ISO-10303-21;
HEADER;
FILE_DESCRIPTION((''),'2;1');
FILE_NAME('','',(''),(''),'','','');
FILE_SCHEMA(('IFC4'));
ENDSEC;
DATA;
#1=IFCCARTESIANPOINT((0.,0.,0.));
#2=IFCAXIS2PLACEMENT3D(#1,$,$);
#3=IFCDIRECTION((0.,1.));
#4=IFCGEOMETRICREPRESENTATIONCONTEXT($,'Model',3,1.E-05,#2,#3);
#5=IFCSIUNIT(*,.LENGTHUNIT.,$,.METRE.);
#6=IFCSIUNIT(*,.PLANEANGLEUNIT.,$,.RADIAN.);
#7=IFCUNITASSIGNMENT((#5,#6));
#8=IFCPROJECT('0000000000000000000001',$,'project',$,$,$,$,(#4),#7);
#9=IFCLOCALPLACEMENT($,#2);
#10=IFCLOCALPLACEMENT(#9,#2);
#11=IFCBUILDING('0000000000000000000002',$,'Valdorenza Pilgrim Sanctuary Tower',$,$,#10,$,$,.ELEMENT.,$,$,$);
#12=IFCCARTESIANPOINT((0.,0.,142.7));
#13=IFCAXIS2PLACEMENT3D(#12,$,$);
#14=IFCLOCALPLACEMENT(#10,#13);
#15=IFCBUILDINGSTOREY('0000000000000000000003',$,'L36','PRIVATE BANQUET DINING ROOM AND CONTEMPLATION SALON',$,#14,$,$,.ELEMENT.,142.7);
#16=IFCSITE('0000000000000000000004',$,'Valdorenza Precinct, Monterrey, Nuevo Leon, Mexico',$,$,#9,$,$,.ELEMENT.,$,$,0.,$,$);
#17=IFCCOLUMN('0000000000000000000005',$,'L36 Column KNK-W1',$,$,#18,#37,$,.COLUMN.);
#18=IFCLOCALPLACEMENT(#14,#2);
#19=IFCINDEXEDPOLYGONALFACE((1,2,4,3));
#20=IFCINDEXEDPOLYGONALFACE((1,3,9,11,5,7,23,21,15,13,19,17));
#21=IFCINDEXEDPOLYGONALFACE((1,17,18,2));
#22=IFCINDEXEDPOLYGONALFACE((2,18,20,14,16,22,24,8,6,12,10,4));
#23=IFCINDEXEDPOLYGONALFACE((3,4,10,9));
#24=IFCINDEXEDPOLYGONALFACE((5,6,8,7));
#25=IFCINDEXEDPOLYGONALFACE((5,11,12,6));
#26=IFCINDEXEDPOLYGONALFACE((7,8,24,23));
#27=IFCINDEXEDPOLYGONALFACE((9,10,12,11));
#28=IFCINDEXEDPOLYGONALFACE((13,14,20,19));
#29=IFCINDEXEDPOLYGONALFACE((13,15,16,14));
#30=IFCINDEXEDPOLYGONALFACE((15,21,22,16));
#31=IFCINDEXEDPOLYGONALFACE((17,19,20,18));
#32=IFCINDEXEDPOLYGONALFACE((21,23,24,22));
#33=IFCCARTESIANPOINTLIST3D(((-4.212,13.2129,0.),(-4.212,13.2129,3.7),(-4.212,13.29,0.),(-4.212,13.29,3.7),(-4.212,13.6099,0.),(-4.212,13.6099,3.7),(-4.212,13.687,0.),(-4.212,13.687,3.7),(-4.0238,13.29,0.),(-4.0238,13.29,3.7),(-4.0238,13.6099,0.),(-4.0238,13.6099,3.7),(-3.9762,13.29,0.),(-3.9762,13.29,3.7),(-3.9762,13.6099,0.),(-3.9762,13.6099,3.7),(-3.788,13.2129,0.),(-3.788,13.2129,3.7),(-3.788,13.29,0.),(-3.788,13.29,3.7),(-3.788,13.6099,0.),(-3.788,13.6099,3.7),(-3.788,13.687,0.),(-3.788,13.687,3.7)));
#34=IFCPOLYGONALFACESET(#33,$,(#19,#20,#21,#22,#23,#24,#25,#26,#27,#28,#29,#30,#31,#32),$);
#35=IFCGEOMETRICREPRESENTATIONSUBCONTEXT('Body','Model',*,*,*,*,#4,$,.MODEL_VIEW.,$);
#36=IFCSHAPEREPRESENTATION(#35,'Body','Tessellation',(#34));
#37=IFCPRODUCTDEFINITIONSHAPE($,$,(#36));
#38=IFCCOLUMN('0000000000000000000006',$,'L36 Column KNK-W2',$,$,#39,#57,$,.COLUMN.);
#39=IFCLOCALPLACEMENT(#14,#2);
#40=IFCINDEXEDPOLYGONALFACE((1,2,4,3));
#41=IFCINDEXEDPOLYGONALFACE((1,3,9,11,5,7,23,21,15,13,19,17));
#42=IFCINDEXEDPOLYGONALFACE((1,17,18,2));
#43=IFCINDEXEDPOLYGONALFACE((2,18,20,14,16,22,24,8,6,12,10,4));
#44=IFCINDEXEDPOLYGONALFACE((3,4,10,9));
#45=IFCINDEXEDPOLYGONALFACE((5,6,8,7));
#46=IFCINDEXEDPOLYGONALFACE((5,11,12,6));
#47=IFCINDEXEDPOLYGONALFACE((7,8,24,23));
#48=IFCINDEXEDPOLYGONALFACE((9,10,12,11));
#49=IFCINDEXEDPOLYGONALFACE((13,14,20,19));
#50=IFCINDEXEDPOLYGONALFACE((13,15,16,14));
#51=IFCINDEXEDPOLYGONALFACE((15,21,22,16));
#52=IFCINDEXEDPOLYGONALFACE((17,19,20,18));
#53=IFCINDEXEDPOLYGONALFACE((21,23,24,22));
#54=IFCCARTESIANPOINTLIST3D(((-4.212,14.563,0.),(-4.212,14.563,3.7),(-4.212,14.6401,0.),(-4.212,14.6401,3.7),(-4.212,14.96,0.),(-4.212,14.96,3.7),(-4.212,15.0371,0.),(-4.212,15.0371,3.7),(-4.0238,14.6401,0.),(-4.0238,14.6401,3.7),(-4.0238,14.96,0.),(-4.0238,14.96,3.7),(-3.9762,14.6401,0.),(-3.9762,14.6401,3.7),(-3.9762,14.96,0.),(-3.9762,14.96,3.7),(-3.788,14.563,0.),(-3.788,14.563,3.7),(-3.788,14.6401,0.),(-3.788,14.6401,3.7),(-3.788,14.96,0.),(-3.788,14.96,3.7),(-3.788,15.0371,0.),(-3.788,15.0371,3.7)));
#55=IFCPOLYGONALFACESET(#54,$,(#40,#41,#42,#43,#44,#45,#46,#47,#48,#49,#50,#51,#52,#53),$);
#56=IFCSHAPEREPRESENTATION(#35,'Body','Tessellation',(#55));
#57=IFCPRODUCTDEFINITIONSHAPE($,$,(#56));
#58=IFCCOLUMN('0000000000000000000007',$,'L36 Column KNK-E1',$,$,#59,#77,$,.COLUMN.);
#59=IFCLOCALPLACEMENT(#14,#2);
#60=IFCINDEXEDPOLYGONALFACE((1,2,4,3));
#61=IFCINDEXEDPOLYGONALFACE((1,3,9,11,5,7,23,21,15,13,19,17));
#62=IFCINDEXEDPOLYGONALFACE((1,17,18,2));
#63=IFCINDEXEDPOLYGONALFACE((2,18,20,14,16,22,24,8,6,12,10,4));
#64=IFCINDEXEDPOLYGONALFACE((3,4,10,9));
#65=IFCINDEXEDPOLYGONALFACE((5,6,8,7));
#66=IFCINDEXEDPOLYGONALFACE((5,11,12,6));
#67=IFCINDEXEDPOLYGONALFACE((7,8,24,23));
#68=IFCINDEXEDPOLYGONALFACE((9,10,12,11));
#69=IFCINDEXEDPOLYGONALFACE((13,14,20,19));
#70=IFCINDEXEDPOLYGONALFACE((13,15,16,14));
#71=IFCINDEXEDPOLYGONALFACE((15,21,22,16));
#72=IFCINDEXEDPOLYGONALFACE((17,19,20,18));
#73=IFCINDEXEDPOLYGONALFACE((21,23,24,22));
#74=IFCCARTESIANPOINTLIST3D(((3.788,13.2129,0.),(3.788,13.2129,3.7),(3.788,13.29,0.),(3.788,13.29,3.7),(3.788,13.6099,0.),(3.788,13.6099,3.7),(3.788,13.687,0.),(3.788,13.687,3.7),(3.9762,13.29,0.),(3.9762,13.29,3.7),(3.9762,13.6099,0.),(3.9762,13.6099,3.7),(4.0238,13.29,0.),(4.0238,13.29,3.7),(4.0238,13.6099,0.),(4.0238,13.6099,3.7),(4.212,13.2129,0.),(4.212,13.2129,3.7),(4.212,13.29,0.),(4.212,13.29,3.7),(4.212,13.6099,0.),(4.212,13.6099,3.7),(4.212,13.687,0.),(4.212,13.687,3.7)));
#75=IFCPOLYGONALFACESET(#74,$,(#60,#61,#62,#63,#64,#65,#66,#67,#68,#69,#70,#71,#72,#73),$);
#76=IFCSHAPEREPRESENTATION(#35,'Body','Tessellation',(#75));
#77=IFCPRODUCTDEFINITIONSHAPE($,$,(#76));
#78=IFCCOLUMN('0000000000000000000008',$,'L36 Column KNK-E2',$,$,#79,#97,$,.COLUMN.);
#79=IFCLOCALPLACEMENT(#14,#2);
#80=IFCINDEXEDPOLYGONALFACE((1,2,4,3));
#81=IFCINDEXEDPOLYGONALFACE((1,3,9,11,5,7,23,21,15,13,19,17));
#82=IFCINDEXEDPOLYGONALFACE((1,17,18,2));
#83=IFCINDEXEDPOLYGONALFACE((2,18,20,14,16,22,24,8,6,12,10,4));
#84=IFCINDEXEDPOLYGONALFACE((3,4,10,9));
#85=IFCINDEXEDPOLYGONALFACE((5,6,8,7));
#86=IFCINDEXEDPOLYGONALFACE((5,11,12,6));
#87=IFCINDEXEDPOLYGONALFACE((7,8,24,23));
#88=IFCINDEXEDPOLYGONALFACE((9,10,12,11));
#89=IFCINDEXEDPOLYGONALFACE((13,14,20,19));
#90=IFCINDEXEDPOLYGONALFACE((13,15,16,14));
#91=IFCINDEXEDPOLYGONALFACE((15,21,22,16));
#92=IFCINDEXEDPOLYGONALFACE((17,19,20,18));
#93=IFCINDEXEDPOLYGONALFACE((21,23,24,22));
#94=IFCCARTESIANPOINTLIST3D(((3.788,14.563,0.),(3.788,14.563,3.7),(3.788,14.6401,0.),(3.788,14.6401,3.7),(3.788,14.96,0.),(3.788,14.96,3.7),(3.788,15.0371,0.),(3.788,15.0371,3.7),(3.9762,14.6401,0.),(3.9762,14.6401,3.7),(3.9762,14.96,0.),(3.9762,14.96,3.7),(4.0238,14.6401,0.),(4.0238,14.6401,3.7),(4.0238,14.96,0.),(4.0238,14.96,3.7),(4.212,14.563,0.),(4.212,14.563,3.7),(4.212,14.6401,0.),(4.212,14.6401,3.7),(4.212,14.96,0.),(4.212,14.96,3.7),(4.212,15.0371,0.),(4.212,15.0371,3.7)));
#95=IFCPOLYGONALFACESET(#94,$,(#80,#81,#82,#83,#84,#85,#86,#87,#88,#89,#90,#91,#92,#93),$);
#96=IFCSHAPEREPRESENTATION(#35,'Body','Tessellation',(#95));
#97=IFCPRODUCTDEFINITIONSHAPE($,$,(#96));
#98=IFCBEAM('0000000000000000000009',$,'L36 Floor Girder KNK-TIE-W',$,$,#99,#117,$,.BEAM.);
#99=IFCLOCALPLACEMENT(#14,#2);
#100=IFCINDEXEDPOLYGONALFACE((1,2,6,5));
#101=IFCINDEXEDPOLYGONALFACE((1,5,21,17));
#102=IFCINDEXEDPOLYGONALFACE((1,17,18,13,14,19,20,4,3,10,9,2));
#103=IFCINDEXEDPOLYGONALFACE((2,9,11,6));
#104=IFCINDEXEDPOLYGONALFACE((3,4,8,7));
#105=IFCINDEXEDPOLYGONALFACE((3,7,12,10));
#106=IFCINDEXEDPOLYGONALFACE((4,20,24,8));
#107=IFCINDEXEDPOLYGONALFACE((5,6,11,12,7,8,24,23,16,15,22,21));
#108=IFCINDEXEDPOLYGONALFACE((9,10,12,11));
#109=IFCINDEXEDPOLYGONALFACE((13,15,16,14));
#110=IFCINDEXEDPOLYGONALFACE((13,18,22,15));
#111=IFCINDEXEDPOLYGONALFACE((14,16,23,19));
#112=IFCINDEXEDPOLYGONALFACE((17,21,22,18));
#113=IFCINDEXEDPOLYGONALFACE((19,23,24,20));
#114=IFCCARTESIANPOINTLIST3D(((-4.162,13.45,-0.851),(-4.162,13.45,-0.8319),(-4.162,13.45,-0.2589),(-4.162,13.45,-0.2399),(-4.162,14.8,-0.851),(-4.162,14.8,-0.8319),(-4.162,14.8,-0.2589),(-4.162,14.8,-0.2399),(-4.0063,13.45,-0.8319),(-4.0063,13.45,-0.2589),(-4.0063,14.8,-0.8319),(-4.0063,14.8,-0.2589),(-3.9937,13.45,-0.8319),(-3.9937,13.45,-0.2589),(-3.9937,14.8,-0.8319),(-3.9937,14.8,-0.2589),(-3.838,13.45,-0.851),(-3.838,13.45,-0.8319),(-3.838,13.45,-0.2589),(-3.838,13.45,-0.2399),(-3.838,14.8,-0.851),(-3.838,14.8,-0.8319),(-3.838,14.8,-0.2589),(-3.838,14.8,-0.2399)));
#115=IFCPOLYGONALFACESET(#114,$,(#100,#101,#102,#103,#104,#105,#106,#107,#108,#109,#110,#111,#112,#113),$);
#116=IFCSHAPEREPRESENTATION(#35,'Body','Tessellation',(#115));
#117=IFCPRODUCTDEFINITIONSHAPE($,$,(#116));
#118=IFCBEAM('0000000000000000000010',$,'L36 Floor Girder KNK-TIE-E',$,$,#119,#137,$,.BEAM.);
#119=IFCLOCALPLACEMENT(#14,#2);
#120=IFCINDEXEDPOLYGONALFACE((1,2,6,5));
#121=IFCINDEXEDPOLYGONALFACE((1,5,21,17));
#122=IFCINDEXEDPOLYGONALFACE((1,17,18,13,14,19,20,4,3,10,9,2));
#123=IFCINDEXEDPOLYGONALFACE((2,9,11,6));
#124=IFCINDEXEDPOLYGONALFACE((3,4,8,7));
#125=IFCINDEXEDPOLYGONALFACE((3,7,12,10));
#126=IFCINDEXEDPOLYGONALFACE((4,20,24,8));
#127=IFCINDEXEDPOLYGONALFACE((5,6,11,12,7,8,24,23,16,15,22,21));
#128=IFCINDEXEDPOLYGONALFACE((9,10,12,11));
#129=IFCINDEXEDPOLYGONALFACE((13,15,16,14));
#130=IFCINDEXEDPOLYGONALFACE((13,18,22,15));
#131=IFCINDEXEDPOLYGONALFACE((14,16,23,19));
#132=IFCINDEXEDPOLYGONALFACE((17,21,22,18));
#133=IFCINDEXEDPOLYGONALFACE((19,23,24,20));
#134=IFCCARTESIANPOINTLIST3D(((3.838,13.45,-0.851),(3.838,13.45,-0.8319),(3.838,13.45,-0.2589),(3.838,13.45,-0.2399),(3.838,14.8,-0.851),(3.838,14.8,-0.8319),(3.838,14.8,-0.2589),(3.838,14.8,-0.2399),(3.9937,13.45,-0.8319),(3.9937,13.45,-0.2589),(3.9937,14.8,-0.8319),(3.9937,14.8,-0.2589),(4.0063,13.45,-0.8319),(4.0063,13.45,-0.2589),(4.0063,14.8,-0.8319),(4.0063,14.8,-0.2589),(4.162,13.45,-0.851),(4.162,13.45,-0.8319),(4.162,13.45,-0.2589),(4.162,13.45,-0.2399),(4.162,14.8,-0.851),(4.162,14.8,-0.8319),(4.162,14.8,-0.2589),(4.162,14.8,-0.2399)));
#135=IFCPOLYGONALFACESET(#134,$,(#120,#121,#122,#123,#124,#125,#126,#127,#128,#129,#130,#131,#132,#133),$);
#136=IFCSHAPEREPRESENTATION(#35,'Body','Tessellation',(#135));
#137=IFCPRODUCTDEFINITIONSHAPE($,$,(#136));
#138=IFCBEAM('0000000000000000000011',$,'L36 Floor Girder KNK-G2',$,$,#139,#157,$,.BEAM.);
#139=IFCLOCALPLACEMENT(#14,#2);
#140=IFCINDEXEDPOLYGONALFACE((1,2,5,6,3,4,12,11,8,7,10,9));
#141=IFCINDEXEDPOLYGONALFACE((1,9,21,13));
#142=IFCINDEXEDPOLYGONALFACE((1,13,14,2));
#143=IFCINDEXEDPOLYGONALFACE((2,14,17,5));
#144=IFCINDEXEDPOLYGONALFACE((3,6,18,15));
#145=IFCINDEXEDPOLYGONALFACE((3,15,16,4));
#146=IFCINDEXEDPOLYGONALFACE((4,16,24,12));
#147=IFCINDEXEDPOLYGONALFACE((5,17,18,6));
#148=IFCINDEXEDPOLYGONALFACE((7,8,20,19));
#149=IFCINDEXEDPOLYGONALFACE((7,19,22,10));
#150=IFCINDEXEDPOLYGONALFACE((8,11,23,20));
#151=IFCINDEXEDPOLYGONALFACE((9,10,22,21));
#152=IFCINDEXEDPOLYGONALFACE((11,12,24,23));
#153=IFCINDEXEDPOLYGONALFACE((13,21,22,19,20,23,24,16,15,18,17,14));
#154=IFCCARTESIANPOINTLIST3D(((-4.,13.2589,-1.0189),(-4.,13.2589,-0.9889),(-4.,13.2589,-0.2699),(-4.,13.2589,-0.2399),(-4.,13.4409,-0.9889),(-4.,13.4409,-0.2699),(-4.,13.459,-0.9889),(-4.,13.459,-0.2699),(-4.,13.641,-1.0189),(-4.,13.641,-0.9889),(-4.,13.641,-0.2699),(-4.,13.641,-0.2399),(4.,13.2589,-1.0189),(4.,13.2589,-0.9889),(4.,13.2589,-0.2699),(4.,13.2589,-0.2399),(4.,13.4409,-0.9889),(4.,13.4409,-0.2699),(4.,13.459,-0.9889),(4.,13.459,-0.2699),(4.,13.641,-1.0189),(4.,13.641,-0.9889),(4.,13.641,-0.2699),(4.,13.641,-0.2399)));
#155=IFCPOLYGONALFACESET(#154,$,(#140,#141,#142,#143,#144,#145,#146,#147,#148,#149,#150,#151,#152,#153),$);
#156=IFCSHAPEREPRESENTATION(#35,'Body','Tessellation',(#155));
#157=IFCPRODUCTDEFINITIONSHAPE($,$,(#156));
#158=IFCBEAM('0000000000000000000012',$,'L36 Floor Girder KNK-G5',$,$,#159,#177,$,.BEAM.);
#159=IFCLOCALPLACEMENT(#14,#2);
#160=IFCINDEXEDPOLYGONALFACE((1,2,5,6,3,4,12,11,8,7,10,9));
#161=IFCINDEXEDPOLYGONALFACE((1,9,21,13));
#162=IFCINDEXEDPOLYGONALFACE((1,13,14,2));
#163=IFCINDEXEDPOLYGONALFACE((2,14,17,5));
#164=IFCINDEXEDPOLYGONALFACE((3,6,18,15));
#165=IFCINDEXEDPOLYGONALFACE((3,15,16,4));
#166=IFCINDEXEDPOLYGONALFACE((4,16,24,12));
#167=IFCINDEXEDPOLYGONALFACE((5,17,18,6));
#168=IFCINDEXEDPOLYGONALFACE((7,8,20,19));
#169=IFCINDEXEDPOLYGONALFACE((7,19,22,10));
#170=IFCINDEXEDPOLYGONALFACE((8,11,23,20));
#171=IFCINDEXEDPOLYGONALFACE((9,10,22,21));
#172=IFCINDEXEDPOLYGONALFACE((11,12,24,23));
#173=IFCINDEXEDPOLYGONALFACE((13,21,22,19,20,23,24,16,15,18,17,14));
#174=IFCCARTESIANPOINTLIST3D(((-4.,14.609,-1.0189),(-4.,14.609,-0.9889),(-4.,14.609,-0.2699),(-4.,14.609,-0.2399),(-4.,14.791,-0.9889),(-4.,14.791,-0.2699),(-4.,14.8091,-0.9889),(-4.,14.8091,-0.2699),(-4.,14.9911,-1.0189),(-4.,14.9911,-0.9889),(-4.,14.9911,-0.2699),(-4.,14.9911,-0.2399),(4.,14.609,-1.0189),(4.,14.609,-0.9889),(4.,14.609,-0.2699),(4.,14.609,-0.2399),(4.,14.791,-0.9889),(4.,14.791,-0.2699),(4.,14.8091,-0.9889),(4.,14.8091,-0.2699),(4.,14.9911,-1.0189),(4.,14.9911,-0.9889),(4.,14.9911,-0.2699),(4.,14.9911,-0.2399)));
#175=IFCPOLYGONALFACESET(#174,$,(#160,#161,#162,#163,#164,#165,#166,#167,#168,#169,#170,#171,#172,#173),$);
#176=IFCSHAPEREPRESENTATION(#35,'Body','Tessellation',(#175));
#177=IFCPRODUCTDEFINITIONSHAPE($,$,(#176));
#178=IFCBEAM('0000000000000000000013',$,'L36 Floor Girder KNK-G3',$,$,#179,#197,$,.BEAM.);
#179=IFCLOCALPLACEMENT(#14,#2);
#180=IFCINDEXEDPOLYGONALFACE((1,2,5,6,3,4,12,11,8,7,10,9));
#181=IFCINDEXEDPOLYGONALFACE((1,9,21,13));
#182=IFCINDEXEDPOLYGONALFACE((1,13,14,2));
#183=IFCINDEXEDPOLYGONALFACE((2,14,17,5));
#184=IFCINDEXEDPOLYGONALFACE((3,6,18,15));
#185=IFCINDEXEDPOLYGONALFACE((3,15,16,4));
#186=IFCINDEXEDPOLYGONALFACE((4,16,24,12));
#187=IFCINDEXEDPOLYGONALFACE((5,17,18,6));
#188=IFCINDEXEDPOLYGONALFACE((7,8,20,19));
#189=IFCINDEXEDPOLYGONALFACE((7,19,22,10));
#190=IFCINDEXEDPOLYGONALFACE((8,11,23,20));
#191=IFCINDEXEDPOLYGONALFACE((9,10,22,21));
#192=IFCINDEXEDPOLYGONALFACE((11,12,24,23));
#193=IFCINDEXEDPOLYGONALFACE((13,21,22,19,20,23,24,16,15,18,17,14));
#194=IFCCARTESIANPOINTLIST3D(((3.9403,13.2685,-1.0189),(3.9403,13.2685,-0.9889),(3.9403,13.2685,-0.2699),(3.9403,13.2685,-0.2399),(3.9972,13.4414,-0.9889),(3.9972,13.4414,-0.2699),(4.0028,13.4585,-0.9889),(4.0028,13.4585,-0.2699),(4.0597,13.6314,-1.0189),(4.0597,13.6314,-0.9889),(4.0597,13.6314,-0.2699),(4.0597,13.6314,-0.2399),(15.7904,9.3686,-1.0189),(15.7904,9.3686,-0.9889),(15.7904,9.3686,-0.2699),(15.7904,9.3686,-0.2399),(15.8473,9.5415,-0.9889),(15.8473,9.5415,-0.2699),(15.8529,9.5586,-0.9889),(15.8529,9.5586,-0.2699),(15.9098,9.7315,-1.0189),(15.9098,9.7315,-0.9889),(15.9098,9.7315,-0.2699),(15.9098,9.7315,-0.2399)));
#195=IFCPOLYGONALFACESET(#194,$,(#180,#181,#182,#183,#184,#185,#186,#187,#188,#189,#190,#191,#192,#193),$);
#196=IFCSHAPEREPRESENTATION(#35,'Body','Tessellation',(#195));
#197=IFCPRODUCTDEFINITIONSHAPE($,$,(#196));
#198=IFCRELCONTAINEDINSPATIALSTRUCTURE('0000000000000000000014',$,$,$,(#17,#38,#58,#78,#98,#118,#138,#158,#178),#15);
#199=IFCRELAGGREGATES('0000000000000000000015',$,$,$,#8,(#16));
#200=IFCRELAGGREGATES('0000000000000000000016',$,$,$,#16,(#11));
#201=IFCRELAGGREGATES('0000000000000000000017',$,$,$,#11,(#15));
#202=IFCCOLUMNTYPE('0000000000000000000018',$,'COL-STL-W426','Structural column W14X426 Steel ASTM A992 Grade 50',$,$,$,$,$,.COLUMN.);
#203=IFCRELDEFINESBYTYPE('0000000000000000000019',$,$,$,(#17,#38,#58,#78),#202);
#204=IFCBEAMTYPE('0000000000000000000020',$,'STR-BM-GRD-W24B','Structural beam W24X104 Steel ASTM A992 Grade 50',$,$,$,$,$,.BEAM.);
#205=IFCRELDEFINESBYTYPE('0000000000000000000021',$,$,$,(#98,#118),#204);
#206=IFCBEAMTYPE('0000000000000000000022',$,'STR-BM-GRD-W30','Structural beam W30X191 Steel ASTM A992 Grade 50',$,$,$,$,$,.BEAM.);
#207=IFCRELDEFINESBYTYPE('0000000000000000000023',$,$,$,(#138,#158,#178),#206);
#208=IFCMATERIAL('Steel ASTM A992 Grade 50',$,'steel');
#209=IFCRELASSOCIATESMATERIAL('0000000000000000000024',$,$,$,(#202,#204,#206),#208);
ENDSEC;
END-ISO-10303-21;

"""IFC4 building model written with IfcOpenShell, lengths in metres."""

from ifc_helpers import new_model, si_unit, direction, frame, origin, origin_2d, place, context, subcontext, project, spatial, i_section, extrude, source, transform, mapped, material, material_profile, profile_set, type_object, element, save


model = new_model("IFC4")

# Units and contexts
model_context = context("Model", 3, precision=1e-05, world=origin(), true_north=direction((0.0, 1.0)))
body_context = subcontext(model_context, "Body", "Model", "MODEL_VIEW")
ifc_project = project(units=[si_unit("LENGTHUNIT", "METRE"), si_unit("PLANEANGLEUNIT", "RADIAN")], contexts=[model_context])

# Site, building, storey
site_placement = place(None, origin())
site = spatial("IfcSite", under=ifc_project, at=site_placement, Name="Valdorenza Precinct, Monterrey, Nuevo Leon, Mexico", CompositionType="ELEMENT", RefElevation=0.0)
building_placement = place(site_placement, origin())
building = spatial("IfcBuilding", under=site, at=building_placement, Name="Valdorenza Pilgrim Sanctuary Tower", CompositionType="ELEMENT")
storey_placement = place(building_placement, frame((0.0, 0.0, 142.7)))
storey = spatial("IfcBuildingStorey", under=building, at=storey_placement, Name="L36", Description="PRIVATE BANQUET DINING ROOM AND CONTEMPLATION SALON", CompositionType="ELEMENT", Elevation=142.7)

# Columns
ifc_material_1 = material(Name="Steel ASTM A992 Grade 50", Category="steel")
ifc_material_profile_1 = material_profile(ifc_material_1, i_section(OverallWidth=0.4241, OverallDepth=0.4741, WebThickness=0.0476, FlangeThickness=0.0771, at=origin_2d()), Name="W14X426")
ifc_profile_set_1 = profile_set([ifc_material_profile_1], Name="Steel ASTM A992 Grade 50")
column_type = type_object("IfcColumnType", Name="COL-STL-W426", Description="Structural column W14X426 Steel ASTM A992 Grade 50", PredefinedType="COLUMN", material=ifc_profile_set_1)
shared_shape_1 = source(origin(), body_context, "Body", "SweptSolid", [
    extrude(i_section(OverallWidth=0.4241, OverallDepth=0.4741, WebThickness=0.0476, FlangeThickness=0.0771, at=origin_2d()), origin(), (0.0, 0.0, 1.0), 3.7),
])
for number, where, z_axis, x_axis, name in (
    (1, (-4.0, 13.45, 0.0), (0.0, 0.0, 1.0), (1.0, 0.0, 0.0), "L36 Column KNK-W1"),
    (2, (-4.0, 14.8, 0.0), (0.0, 0.0, 1.0), (1.0, 0.0, 0.0), "L36 Column KNK-W2"),
    (3, (4.0, 13.45, 0.0), (0.0, 0.0, 1.0), (1.0, 0.0, 0.0), "L36 Column KNK-E1"),
    (4, (4.0, 14.8, 0.0), (0.0, 0.0, 1.0), (1.0, 0.0, 0.0), "L36 Column KNK-E2"),
):
    element("IfcColumn", number, at=place(storey_placement, frame(where, z_axis=z_axis, x_axis=x_axis)), inside=storey, type_object=column_type, Name=name, PredefinedType="COLUMN", context=body_context, shape_type="MappedRepresentation", body=[
        mapped(shared_shape_1, transform((0.0, 0.0, 0.0), x_axis=(1.0, 0.0, 0.0), y_axis=(0.0, 1.0, 0.0), z_axis=(0.0, 0.0, 1.0), scale=1.0)),
    ])

# Beams
ifc_material_profile_2 = material_profile(ifc_material_1, i_section(OverallWidth=0.324, OverallDepth=0.6111, WebThickness=0.0127, FlangeThickness=0.019, at=origin_2d()), Name="W24X104")
ifc_profile_set_2 = profile_set([ifc_material_profile_2], Name="Steel ASTM A992 Grade 50")
beam_type_1 = type_object("IfcBeamType", Name="STR-BM-GRD-W24B", Description="Structural beam W24X104 Steel ASTM A992 Grade 50", PredefinedType="BEAM", material=ifc_profile_set_2)
shared_shape_2 = source(origin(), body_context, "Body", "SweptSolid", [
    extrude(i_section(OverallWidth=0.324, OverallDepth=0.6111, WebThickness=0.0127, FlangeThickness=0.019, at=origin_2d()), origin(), (0.0, 0.0, 1.0), 1.3501),
])
for number, where, z_axis, x_axis, name in (
    (5, (-4.0, 13.45, -0.5454), (0.0, 1.0, 0.0), (-1.0, 0.0, 0.0), "L36 Floor Girder KNK-TIE-W"),
    (6, (4.0, 13.45, -0.5454), (0.0, 1.0, 0.0), (-1.0, 0.0, 0.0), "L36 Floor Girder KNK-TIE-E"),
):
    element("IfcBeam", number, at=place(storey_placement, frame(where, z_axis=z_axis, x_axis=x_axis)), inside=storey, type_object=beam_type_1, Name=name, PredefinedType="BEAM", context=body_context, shape_type="MappedRepresentation", body=[
        mapped(shared_shape_2, transform((0.0, 0.0, 0.0), x_axis=(1.0, 0.0, 0.0), y_axis=(0.0, 1.0, 0.0), z_axis=(0.0, 0.0, 1.0), scale=1.0)),
    ])
ifc_material_profile_3 = material_profile(ifc_material_1, i_section(OverallWidth=0.3821, OverallDepth=0.7791, WebThickness=0.0181, FlangeThickness=0.03, at=origin_2d()), Name="W30X191")
ifc_profile_set_3 = profile_set([ifc_material_profile_3], Name="Steel ASTM A992 Grade 50")
beam_type_2 = type_object("IfcBeamType", Name="STR-BM-GRD-W30", Description="Structural beam W30X191 Steel ASTM A992 Grade 50", PredefinedType="BEAM", material=ifc_profile_set_3)
shared_shape_3 = source(origin(), body_context, "Body", "SweptSolid", [
    extrude(i_section(OverallWidth=0.3821, OverallDepth=0.7791, WebThickness=0.0181, FlangeThickness=0.03, at=origin_2d()), origin(), (0.0, 0.0, 1.0), 8.0),
])
for number, where, z_axis, x_axis, name in (
    (7, (-4.0, 13.45, -0.6294), (1.0, 0.0, 0.0), (0.0, 1.0, 0.0), "L36 Floor Girder KNK-G2"),
    (8, (-4.0, 14.8, -0.6294), (1.0, 0.0, 0.0), (0.0, 1.0, 0.0), "L36 Floor Girder KNK-G5"),
):
    element("IfcBeam", number, at=place(storey_placement, frame(where, z_axis=z_axis, x_axis=x_axis)), inside=storey, type_object=beam_type_2, Name=name, PredefinedType="BEAM", context=body_context, shape_type="MappedRepresentation", body=[
        mapped(shared_shape_3, transform((0.0, 0.0, 0.0), x_axis=(1.0, 0.0, 0.0), y_axis=(0.0, 1.0, 0.0), z_axis=(0.0, 0.0, 1.0), scale=1.0)),
    ])
shared_shape_4 = source(origin(), body_context, "Body", "SweptSolid", [
    extrude(i_section(OverallWidth=0.3821, OverallDepth=0.7791, WebThickness=0.0181, FlangeThickness=0.03, at=origin_2d()), origin(), (0.0, 0.0, 1.0), 12.4753),
])
beam_1_placement = place(storey_placement, frame((4.0, 13.45, -0.6294), z_axis=(0.949882, -0.312609, 0.0), x_axis=(0.312609, 0.949882, 0.0)))
element("IfcBeam", 9, at=beam_1_placement, inside=storey, type_object=beam_type_2, Name="L36 Floor Girder KNK-G3", PredefinedType="BEAM", context=body_context, shape_type="MappedRepresentation", body=[
    mapped(shared_shape_4, transform((0.0, 0.0, 0.0), x_axis=(1.0, 0.0, 0.0), y_axis=(0.0, 1.0, 0.0), z_axis=(0.0, 0.0, 1.0), scale=1.0)),
])

save(model, "model.ifc")
